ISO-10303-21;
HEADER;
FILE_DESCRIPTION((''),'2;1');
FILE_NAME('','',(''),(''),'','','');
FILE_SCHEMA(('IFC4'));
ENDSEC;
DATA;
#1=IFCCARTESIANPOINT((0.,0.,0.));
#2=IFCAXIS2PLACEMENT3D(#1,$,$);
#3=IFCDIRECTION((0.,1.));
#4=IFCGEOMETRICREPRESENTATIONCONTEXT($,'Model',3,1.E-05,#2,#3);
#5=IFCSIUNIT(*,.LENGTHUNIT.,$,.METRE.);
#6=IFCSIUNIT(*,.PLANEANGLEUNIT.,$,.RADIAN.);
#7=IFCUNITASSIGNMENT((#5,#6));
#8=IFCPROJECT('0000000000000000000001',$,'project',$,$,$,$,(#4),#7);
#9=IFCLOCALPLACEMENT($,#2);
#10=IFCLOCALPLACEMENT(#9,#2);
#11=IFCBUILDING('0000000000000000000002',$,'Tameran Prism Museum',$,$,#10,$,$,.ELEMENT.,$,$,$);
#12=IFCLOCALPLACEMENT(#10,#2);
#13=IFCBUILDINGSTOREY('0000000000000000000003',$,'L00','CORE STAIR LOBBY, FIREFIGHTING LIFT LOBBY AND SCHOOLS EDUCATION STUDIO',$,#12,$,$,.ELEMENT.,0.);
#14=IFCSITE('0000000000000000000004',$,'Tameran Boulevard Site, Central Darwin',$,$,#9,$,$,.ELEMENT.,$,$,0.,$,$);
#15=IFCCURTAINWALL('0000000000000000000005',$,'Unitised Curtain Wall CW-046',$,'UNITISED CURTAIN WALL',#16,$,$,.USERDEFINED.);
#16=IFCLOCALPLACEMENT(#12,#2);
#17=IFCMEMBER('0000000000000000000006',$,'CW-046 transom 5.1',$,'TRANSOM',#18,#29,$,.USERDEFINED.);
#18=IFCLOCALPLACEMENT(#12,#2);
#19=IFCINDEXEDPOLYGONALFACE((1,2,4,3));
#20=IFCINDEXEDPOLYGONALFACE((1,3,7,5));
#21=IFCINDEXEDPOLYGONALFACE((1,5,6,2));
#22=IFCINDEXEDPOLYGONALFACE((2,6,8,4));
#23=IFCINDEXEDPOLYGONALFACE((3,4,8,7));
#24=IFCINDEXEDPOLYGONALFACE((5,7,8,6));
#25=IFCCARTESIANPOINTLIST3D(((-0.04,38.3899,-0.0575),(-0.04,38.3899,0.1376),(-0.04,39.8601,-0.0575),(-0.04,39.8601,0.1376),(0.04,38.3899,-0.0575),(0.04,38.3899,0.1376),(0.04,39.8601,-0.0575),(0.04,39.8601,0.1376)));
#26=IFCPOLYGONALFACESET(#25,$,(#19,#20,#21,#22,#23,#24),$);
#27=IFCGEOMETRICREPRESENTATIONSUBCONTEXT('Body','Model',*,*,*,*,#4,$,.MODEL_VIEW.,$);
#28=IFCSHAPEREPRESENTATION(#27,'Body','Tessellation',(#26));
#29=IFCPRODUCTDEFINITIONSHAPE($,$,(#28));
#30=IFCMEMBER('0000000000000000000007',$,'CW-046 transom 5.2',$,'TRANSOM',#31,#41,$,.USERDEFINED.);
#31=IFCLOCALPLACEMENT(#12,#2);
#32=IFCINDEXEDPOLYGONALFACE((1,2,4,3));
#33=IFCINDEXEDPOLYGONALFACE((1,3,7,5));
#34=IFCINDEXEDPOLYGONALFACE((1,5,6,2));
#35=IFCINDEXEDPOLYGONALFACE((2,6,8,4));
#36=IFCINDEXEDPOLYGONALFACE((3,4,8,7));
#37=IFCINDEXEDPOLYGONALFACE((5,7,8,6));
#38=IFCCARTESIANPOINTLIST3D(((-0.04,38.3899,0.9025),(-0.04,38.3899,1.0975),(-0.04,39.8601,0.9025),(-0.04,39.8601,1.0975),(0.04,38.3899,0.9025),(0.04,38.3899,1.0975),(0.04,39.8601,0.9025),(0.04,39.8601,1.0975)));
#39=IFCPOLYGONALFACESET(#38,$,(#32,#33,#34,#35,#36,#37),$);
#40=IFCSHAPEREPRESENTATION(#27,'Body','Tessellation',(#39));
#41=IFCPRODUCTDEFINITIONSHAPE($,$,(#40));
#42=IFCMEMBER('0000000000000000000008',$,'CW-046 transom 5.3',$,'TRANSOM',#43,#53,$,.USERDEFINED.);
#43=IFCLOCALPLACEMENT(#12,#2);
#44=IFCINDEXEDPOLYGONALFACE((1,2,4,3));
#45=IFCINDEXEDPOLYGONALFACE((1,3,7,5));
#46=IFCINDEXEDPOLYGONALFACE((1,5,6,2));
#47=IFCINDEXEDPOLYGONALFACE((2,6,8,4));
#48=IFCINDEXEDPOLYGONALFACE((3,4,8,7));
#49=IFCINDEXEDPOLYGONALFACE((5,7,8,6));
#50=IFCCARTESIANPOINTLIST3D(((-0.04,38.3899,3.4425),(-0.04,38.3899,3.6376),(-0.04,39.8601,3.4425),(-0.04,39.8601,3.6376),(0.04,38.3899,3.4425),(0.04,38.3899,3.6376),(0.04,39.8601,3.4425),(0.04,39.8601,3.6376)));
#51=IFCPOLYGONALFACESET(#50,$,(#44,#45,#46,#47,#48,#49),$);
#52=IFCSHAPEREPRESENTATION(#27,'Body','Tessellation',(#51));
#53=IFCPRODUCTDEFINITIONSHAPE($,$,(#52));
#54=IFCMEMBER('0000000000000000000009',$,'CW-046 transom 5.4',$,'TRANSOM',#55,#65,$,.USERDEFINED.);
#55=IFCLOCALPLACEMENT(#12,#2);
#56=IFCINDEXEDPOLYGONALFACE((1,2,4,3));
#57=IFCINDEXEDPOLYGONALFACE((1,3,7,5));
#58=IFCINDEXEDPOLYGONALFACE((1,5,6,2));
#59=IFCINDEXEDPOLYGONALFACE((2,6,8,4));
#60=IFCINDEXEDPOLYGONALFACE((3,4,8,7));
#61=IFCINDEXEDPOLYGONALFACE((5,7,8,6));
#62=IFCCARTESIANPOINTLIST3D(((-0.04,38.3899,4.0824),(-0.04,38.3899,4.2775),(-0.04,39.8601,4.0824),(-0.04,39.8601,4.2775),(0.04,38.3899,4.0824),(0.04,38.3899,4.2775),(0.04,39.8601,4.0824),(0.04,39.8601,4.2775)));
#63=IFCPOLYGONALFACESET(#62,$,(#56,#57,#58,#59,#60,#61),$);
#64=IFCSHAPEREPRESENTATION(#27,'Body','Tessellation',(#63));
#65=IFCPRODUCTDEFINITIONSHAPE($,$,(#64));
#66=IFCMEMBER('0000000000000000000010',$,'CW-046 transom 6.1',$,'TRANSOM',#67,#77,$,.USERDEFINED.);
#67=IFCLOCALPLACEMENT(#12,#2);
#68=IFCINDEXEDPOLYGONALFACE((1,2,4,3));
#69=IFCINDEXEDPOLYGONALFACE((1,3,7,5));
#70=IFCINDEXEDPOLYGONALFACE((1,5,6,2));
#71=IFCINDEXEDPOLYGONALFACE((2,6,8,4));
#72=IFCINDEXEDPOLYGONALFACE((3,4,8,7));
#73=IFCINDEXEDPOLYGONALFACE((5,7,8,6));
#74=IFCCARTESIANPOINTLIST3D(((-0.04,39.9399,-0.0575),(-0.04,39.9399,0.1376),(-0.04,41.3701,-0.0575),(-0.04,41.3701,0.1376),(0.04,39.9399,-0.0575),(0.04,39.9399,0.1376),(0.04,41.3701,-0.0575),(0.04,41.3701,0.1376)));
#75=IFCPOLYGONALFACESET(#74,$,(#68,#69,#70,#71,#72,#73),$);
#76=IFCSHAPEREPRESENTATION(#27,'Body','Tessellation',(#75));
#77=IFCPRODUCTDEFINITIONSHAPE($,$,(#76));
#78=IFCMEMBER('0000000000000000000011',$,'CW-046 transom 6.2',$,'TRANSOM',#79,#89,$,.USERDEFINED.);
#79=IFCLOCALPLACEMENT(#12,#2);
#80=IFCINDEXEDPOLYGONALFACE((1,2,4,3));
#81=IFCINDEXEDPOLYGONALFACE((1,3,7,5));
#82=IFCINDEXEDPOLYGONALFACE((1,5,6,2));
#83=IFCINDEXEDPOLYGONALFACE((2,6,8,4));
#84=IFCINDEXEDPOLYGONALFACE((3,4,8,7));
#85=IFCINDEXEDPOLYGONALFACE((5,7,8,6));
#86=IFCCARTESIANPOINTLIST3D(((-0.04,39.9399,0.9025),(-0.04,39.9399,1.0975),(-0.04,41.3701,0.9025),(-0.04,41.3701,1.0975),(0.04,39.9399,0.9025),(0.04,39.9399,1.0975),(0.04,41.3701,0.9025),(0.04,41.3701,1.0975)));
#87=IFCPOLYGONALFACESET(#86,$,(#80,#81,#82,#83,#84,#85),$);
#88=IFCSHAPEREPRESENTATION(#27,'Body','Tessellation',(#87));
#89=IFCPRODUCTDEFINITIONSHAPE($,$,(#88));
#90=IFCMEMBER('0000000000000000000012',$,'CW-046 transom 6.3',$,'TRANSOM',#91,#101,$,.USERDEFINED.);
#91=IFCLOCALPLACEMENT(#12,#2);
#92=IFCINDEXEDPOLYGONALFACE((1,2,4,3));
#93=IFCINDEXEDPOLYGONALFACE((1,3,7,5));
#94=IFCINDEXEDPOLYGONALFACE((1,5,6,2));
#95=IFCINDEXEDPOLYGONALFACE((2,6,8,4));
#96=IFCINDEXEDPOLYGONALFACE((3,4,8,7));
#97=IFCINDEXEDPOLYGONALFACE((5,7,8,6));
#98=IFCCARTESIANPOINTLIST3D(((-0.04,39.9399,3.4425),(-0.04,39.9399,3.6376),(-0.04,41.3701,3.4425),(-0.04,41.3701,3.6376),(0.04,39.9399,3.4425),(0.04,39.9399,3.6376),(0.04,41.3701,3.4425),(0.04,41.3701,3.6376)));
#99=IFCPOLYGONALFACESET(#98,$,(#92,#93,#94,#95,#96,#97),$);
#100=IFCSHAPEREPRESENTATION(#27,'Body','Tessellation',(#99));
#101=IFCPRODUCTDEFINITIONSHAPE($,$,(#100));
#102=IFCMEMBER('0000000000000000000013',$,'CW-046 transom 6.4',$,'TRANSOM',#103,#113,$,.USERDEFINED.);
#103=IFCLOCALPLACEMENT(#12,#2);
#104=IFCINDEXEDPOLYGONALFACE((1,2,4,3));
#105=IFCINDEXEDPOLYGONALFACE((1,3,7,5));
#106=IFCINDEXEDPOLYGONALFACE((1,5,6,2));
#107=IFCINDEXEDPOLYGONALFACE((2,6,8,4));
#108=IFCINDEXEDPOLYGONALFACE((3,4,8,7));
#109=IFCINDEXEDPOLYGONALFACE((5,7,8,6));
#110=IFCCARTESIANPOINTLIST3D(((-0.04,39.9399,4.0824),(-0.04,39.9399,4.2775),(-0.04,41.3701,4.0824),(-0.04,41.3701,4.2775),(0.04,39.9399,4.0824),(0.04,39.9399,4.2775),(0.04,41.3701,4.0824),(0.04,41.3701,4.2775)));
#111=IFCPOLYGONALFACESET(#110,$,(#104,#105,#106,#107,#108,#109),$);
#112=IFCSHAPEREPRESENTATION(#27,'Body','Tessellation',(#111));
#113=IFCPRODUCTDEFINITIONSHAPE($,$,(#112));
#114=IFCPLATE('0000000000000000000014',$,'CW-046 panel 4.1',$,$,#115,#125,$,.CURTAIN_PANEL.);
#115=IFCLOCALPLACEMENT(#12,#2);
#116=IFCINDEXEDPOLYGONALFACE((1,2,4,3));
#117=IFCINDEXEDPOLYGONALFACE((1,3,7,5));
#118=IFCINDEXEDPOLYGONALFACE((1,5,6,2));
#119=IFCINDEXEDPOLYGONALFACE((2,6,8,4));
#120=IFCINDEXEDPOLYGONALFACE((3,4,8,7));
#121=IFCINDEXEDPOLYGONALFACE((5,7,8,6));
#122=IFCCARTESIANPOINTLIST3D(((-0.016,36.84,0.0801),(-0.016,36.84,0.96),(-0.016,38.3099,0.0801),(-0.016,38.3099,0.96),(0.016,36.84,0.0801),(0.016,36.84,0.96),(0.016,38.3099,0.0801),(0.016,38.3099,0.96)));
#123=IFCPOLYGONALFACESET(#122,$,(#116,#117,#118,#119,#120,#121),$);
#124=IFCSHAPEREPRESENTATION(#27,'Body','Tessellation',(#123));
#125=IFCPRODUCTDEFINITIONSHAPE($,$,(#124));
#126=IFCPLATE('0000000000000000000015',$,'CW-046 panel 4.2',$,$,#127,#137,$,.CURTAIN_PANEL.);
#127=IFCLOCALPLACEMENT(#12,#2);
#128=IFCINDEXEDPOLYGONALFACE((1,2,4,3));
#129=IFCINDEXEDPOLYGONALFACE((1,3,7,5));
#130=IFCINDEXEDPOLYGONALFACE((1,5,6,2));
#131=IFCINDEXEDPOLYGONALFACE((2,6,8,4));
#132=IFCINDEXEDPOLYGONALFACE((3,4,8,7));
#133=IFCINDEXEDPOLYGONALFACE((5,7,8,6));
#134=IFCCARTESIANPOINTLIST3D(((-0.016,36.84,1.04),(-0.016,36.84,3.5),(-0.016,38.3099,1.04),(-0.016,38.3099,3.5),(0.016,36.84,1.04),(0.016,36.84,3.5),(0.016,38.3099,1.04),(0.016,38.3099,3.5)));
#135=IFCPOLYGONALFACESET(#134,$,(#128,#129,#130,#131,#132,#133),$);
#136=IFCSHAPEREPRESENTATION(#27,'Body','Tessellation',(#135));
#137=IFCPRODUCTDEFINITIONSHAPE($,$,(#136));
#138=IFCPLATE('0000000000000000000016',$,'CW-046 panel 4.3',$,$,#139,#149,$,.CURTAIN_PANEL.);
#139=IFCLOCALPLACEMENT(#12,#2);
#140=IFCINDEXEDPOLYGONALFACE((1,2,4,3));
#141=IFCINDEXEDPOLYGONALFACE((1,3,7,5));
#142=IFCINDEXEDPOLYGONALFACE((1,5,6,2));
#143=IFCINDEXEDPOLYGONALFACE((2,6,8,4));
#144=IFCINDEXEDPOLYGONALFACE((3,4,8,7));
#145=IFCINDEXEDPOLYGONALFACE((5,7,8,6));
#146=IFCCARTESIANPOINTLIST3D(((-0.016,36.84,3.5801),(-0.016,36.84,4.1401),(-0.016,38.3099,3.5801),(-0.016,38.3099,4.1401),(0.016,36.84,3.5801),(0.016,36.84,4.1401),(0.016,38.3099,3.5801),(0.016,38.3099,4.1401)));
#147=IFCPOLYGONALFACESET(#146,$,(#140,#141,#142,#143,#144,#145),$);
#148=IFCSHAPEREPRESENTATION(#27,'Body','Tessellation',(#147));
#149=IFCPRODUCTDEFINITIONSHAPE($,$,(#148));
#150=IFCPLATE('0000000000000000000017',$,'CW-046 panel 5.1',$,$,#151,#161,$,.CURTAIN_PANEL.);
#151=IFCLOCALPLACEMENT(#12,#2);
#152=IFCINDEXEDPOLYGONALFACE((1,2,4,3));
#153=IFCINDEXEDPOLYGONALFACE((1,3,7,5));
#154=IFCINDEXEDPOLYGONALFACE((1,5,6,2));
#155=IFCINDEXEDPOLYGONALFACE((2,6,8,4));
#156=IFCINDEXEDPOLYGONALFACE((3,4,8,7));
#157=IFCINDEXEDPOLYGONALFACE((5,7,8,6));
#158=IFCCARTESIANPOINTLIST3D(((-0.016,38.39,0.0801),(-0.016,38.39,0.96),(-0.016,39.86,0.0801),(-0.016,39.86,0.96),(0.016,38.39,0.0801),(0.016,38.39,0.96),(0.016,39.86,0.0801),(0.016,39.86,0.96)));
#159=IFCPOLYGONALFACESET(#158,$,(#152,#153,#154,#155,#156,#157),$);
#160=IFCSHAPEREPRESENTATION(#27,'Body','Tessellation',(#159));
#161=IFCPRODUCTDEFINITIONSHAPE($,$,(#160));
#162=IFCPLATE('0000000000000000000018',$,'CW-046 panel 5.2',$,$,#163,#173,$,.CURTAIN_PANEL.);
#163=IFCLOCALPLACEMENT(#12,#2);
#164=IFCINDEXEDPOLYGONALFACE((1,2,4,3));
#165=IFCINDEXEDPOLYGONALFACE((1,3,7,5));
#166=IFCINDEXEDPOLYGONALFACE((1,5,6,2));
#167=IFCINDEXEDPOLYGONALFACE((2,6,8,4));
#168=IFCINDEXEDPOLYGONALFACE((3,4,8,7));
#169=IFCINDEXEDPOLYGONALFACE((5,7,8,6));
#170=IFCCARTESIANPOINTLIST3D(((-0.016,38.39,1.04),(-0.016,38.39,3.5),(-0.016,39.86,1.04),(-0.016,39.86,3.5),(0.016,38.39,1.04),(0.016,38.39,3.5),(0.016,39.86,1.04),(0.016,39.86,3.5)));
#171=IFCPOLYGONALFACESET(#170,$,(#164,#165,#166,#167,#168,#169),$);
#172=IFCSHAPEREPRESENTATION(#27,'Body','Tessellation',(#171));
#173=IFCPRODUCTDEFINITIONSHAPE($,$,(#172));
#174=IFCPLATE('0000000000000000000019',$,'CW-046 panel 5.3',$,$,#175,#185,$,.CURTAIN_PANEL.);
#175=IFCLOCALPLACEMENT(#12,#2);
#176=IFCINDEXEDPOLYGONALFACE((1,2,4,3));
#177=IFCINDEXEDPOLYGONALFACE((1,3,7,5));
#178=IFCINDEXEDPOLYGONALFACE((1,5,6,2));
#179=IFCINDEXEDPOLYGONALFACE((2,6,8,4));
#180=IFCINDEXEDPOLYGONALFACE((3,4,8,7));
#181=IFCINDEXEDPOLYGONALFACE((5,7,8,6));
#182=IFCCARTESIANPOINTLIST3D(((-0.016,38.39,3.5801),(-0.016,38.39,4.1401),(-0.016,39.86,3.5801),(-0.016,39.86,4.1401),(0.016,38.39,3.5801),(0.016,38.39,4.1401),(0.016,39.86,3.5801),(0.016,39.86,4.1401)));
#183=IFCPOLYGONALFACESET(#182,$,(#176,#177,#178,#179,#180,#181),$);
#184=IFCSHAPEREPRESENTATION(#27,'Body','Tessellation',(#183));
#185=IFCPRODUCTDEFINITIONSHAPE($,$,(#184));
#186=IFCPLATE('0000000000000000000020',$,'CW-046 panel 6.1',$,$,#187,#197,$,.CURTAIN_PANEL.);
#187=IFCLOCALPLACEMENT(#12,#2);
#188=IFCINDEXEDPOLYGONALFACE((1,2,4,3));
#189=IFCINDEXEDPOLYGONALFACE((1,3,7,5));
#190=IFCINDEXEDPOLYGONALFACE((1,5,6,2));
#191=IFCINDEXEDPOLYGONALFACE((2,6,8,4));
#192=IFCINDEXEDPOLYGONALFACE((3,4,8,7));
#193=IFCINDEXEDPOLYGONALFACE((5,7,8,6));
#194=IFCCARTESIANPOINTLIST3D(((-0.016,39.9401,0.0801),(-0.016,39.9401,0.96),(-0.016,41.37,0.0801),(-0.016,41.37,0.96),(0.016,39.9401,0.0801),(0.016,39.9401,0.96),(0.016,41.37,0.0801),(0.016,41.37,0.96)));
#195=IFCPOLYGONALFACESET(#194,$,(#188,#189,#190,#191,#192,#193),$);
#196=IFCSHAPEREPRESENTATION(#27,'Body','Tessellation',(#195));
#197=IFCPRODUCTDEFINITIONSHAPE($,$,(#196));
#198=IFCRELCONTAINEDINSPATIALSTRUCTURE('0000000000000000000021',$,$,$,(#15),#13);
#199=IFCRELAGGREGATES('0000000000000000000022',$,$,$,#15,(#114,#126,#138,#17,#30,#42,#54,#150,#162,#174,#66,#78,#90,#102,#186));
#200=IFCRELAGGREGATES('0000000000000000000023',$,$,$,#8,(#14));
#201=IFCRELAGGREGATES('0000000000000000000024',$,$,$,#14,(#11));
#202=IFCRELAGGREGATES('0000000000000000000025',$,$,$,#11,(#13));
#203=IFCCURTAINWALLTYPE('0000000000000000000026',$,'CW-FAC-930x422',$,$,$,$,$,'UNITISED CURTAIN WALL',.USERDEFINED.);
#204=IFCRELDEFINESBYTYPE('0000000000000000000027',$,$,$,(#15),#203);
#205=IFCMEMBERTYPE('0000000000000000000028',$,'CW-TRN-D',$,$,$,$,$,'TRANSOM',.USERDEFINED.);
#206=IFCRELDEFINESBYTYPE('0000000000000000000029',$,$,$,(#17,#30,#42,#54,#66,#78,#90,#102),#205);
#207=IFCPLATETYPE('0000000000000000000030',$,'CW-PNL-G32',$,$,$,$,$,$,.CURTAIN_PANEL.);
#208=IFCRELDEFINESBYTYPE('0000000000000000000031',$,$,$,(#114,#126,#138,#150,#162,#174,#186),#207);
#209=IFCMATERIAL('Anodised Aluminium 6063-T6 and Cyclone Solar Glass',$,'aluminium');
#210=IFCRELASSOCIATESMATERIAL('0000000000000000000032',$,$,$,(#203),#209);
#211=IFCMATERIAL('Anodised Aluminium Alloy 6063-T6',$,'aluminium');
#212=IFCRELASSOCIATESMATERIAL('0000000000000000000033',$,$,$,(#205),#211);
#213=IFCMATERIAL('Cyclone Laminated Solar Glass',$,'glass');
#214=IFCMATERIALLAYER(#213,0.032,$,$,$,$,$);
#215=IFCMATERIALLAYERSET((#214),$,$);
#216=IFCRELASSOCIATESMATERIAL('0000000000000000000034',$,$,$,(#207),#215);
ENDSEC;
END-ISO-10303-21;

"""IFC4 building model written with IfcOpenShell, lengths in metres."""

from ifc_helpers import new_model, si_unit, direction, frame, origin, origin_2d, place, context, subcontext, project, spatial, rectangle, extrude, material, layer, layer_set, material_profile, profile_set, type_object, element, aggregate, save


model = new_model("IFC4")

# Units and contexts
model_context = context("Model", 3, precision=1e-05, world=origin(), true_north=direction((0.0, 1.0)))
body_context = subcontext(model_context, "Body", "Model", "MODEL_VIEW")
ifc_project = project(units=[si_unit("LENGTHUNIT", "METRE"), si_unit("PLANEANGLEUNIT", "RADIAN")], contexts=[model_context])

# Site, building, storey
site_placement = place(None, origin())
site = spatial("IfcSite", under=ifc_project, at=site_placement, Name="Tameran Boulevard Site, Central Darwin", CompositionType="ELEMENT", RefElevation=0.0)
building_placement = place(site_placement, origin())
building = spatial("IfcBuilding", under=site, at=building_placement, Name="Tameran Prism Museum", CompositionType="ELEMENT")
storey_placement = place(building_placement, origin())
storey = spatial("IfcBuildingStorey", under=building, at=storey_placement, Name="L00", Description="CORE STAIR LOBBY, FIREFIGHTING LIFT LOBBY AND SCHOOLS EDUCATION STUDIO", CompositionType="ELEMENT", Elevation=0.0)

# Curtain wall, members, plates
ifc_material_1 = material(Name="Anodised Aluminium 6063-T6 and Cyclone Solar Glass", Category="aluminium")
curtain_wall_type = type_object("IfcCurtainWallType", Name="CW-FAC-930x422", ElementType="UNITISED CURTAIN WALL", PredefinedType="USERDEFINED", material=ifc_material_1)
curtain_wall_placement = place(storey_placement, origin())
curtain_wall = element("IfcCurtainWall", 1, at=curtain_wall_placement, inside=storey, type_object=curtain_wall_type, Name="Unitised Curtain Wall CW-046", ObjectType="UNITISED CURTAIN WALL", PredefinedType="USERDEFINED")
ifc_material_2 = material(Name="Anodised Aluminium Alloy 6063-T6", Category="aluminium")
ifc_material_profile_1 = material_profile(ifc_material_2, rectangle(XDim=0.0801, YDim=0.1951, at=origin_2d()))
ifc_profile_set_1 = profile_set([ifc_material_profile_1])
member_type_1 = type_object("IfcMemberType", Name="CW-TRN-D", ElementType="TRANSOM", PredefinedType="USERDEFINED", material=ifc_profile_set_1)
member_1_placement = place(storey_placement, frame((0.0, 38.3899, 0.04), z_axis=(0.0, 1.0, 0.0), x_axis=(-1.0, 0.0, 0.0)))
member_1 = element("IfcMember", 2, at=member_1_placement, type_object=member_type_1, Name="CW-046 transom 5.1", ObjectType="TRANSOM", PredefinedType="USERDEFINED", context=body_context, shape_type="SweptSolid", body=[
    extrude(rectangle(XDim=0.0801, YDim=0.1951, at=origin_2d()), origin(), (0.0, 0.0, 1.0), 1.4702),
])
member_2_placement = place(storey_placement, frame((0.0, 38.3899, 1.0), z_axis=(0.0, 1.0, 0.0), x_axis=(-1.0, 0.0, 0.0)))
member_2 = element("IfcMember", 3, at=member_2_placement, type_object=member_type_1, Name="CW-046 transom 5.2", ObjectType="TRANSOM", PredefinedType="USERDEFINED", context=body_context, shape_type="SweptSolid", body=[
    extrude(rectangle(XDim=0.0801, YDim=0.1951, at=origin_2d()), origin(), (0.0, 0.0, 1.0), 1.4702),
])
member_3_placement = place(storey_placement, frame((0.0, 38.3899, 3.54), z_axis=(0.0, 1.0, 0.0), x_axis=(-1.0, 0.0, 0.0)))
member_3 = element("IfcMember", 4, at=member_3_placement, type_object=member_type_1, Name="CW-046 transom 5.3", ObjectType="TRANSOM", PredefinedType="USERDEFINED", context=body_context, shape_type="SweptSolid", body=[
    extrude(rectangle(XDim=0.0801, YDim=0.1951, at=origin_2d()), origin(), (0.0, 0.0, 1.0), 1.4702),
])
member_4_placement = place(storey_placement, frame((0.0, 38.3899, 4.1799), z_axis=(0.0, 1.0, 0.0), x_axis=(-1.0, 0.0, 0.0)))
member_4 = element("IfcMember", 5, at=member_4_placement, type_object=member_type_1, Name="CW-046 transom 5.4", ObjectType="TRANSOM", PredefinedType="USERDEFINED", context=body_context, shape_type="SweptSolid", body=[
    extrude(rectangle(XDim=0.0801, YDim=0.1951, at=origin_2d()), origin(), (0.0, 0.0, 1.0), 1.4702),
])
member_5_placement = place(storey_placement, frame((0.0, 39.9399, 0.04), z_axis=(0.0, 1.0, 0.0), x_axis=(-1.0, 0.0, 0.0)))
member_5 = element("IfcMember", 6, at=member_5_placement, type_object=member_type_1, Name="CW-046 transom 6.1", ObjectType="TRANSOM", PredefinedType="USERDEFINED", context=body_context, shape_type="SweptSolid", body=[
    extrude(rectangle(XDim=0.0801, YDim=0.1951, at=origin_2d()), origin(), (0.0, 0.0, 1.0), 1.4302),
])
member_6_placement = place(storey_placement, frame((0.0, 39.9399, 1.0), z_axis=(0.0, 1.0, 0.0), x_axis=(-1.0, 0.0, 0.0)))
member_6 = element("IfcMember", 7, at=member_6_placement, type_object=member_type_1, Name="CW-046 transom 6.2", ObjectType="TRANSOM", PredefinedType="USERDEFINED", context=body_context, shape_type="SweptSolid", body=[
    extrude(rectangle(XDim=0.0801, YDim=0.1951, at=origin_2d()), origin(), (0.0, 0.0, 1.0), 1.4302),
])
member_7_placement = place(storey_placement, frame((0.0, 39.9399, 3.54), z_axis=(0.0, 1.0, 0.0), x_axis=(-1.0, 0.0, 0.0)))
member_7 = element("IfcMember", 8, at=member_7_placement, type_object=member_type_1, Name="CW-046 transom 6.3", ObjectType="TRANSOM", PredefinedType="USERDEFINED", context=body_context, shape_type="SweptSolid", body=[
    extrude(rectangle(XDim=0.0801, YDim=0.1951, at=origin_2d()), origin(), (0.0, 0.0, 1.0), 1.4302),
])
member_8_placement = place(storey_placement, frame((0.0, 39.9399, 4.1799), z_axis=(0.0, 1.0, 0.0), x_axis=(-1.0, 0.0, 0.0)))
member_8 = element("IfcMember", 9, at=member_8_placement, type_object=member_type_1, Name="CW-046 transom 6.4", ObjectType="TRANSOM", PredefinedType="USERDEFINED", context=body_context, shape_type="SweptSolid", body=[
    extrude(rectangle(XDim=0.0801, YDim=0.1951, at=origin_2d()), origin(), (0.0, 0.0, 1.0), 1.4302),
])
ifc_material_3 = material(Name="Cyclone Laminated Solar Glass", Category="glass")
ifc_layer_1 = layer(ifc_material_3, 0.032)
ifc_layer_set_1 = layer_set([ifc_layer_1])
plate_type = type_object("IfcPlateType", Name="CW-PNL-G32", PredefinedType="CURTAIN_PANEL", material=ifc_layer_set_1)
plate_1_placement = place(storey_placement, frame((0.0, 37.575, 0.0801), z_axis=(0.0, 0.0, 1.0), x_axis=(0.0, 1.0, 0.0)))
plate_1 = element("IfcPlate", 10, at=plate_1_placement, type_object=plate_type, Name="CW-046 panel 4.1", PredefinedType="CURTAIN_PANEL", context=body_context, shape_type="SweptSolid", body=[
    extrude(rectangle(XDim=1.47, YDim=0.032, at=origin_2d()), origin(), (0.0, 0.0, 1.0), 0.8799),
])
plate_2_placement = place(storey_placement, frame((0.0, 37.575, 1.04), z_axis=(0.0, 0.0, 1.0), x_axis=(0.0, 1.0, 0.0)))
plate_2 = element("IfcPlate", 11, at=plate_2_placement, type_object=plate_type, Name="CW-046 panel 4.2", PredefinedType="CURTAIN_PANEL", context=body_context, shape_type="SweptSolid", body=[
    extrude(rectangle(XDim=1.47, YDim=0.032, at=origin_2d()), origin(), (0.0, 0.0, 1.0), 2.46),
])
plate_3_placement = place(storey_placement, frame((0.0, 37.575, 3.5801), z_axis=(0.0, 0.0, 1.0), x_axis=(0.0, 1.0, 0.0)))
plate_3 = element("IfcPlate", 12, at=plate_3_placement, type_object=plate_type, Name="CW-046 panel 4.3", PredefinedType="CURTAIN_PANEL", context=body_context, shape_type="SweptSolid", body=[
    extrude(rectangle(XDim=1.47, YDim=0.032, at=origin_2d()), origin(), (0.0, 0.0, 1.0), 0.5601),
])
plate_4_placement = place(storey_placement, frame((0.0, 39.125, 0.0801), z_axis=(0.0, 0.0, 1.0), x_axis=(0.0, 1.0, 0.0)))
plate_4 = element("IfcPlate", 13, at=plate_4_placement, type_object=plate_type, Name="CW-046 panel 5.1", PredefinedType="CURTAIN_PANEL", context=body_context, shape_type="SweptSolid", body=[
    extrude(rectangle(XDim=1.47, YDim=0.032, at=origin_2d()), origin(), (0.0, 0.0, 1.0), 0.8799),
])
plate_5_placement = place(storey_placement, frame((0.0, 39.125, 1.04), z_axis=(0.0, 0.0, 1.0), x_axis=(0.0, 1.0, 0.0)))
plate_5 = element("IfcPlate", 14, at=plate_5_placement, type_object=plate_type, Name="CW-046 panel 5.2", PredefinedType="CURTAIN_PANEL", context=body_context, shape_type="SweptSolid", body=[
    extrude(rectangle(XDim=1.47, YDim=0.032, at=origin_2d()), origin(), (0.0, 0.0, 1.0), 2.46),
])
plate_6_placement = place(storey_placement, frame((0.0, 39.125, 3.5801), z_axis=(0.0, 0.0, 1.0), x_axis=(0.0, 1.0, 0.0)))
plate_6 = element("IfcPlate", 15, at=plate_6_placement, type_object=plate_type, Name="CW-046 panel 5.3", PredefinedType="CURTAIN_PANEL", context=body_context, shape_type="SweptSolid", body=[
    extrude(rectangle(XDim=1.47, YDim=0.032, at=origin_2d()), origin(), (0.0, 0.0, 1.0), 0.5601),
])
plate_7_placement = place(storey_placement, frame((0.0, 40.655, 0.0801), z_axis=(0.0, 0.0, 1.0), x_axis=(0.0, 1.0, 0.0)))
plate_7 = element("IfcPlate", 16, at=plate_7_placement, type_object=plate_type, Name="CW-046 panel 6.1", PredefinedType="CURTAIN_PANEL", context=body_context, shape_type="SweptSolid", body=[
    extrude(rectangle(XDim=1.4299, YDim=0.032, at=origin_2d()), origin(), (0.0, 0.0, 1.0), 0.8799),
])
aggregate(curtain_wall, [plate_1, plate_2, plate_3, member_1, member_2, member_3, member_4, plate_4, plate_5, plate_6, member_5, member_6, member_7, member_8, plate_7])

save(model, "model.ifc")
